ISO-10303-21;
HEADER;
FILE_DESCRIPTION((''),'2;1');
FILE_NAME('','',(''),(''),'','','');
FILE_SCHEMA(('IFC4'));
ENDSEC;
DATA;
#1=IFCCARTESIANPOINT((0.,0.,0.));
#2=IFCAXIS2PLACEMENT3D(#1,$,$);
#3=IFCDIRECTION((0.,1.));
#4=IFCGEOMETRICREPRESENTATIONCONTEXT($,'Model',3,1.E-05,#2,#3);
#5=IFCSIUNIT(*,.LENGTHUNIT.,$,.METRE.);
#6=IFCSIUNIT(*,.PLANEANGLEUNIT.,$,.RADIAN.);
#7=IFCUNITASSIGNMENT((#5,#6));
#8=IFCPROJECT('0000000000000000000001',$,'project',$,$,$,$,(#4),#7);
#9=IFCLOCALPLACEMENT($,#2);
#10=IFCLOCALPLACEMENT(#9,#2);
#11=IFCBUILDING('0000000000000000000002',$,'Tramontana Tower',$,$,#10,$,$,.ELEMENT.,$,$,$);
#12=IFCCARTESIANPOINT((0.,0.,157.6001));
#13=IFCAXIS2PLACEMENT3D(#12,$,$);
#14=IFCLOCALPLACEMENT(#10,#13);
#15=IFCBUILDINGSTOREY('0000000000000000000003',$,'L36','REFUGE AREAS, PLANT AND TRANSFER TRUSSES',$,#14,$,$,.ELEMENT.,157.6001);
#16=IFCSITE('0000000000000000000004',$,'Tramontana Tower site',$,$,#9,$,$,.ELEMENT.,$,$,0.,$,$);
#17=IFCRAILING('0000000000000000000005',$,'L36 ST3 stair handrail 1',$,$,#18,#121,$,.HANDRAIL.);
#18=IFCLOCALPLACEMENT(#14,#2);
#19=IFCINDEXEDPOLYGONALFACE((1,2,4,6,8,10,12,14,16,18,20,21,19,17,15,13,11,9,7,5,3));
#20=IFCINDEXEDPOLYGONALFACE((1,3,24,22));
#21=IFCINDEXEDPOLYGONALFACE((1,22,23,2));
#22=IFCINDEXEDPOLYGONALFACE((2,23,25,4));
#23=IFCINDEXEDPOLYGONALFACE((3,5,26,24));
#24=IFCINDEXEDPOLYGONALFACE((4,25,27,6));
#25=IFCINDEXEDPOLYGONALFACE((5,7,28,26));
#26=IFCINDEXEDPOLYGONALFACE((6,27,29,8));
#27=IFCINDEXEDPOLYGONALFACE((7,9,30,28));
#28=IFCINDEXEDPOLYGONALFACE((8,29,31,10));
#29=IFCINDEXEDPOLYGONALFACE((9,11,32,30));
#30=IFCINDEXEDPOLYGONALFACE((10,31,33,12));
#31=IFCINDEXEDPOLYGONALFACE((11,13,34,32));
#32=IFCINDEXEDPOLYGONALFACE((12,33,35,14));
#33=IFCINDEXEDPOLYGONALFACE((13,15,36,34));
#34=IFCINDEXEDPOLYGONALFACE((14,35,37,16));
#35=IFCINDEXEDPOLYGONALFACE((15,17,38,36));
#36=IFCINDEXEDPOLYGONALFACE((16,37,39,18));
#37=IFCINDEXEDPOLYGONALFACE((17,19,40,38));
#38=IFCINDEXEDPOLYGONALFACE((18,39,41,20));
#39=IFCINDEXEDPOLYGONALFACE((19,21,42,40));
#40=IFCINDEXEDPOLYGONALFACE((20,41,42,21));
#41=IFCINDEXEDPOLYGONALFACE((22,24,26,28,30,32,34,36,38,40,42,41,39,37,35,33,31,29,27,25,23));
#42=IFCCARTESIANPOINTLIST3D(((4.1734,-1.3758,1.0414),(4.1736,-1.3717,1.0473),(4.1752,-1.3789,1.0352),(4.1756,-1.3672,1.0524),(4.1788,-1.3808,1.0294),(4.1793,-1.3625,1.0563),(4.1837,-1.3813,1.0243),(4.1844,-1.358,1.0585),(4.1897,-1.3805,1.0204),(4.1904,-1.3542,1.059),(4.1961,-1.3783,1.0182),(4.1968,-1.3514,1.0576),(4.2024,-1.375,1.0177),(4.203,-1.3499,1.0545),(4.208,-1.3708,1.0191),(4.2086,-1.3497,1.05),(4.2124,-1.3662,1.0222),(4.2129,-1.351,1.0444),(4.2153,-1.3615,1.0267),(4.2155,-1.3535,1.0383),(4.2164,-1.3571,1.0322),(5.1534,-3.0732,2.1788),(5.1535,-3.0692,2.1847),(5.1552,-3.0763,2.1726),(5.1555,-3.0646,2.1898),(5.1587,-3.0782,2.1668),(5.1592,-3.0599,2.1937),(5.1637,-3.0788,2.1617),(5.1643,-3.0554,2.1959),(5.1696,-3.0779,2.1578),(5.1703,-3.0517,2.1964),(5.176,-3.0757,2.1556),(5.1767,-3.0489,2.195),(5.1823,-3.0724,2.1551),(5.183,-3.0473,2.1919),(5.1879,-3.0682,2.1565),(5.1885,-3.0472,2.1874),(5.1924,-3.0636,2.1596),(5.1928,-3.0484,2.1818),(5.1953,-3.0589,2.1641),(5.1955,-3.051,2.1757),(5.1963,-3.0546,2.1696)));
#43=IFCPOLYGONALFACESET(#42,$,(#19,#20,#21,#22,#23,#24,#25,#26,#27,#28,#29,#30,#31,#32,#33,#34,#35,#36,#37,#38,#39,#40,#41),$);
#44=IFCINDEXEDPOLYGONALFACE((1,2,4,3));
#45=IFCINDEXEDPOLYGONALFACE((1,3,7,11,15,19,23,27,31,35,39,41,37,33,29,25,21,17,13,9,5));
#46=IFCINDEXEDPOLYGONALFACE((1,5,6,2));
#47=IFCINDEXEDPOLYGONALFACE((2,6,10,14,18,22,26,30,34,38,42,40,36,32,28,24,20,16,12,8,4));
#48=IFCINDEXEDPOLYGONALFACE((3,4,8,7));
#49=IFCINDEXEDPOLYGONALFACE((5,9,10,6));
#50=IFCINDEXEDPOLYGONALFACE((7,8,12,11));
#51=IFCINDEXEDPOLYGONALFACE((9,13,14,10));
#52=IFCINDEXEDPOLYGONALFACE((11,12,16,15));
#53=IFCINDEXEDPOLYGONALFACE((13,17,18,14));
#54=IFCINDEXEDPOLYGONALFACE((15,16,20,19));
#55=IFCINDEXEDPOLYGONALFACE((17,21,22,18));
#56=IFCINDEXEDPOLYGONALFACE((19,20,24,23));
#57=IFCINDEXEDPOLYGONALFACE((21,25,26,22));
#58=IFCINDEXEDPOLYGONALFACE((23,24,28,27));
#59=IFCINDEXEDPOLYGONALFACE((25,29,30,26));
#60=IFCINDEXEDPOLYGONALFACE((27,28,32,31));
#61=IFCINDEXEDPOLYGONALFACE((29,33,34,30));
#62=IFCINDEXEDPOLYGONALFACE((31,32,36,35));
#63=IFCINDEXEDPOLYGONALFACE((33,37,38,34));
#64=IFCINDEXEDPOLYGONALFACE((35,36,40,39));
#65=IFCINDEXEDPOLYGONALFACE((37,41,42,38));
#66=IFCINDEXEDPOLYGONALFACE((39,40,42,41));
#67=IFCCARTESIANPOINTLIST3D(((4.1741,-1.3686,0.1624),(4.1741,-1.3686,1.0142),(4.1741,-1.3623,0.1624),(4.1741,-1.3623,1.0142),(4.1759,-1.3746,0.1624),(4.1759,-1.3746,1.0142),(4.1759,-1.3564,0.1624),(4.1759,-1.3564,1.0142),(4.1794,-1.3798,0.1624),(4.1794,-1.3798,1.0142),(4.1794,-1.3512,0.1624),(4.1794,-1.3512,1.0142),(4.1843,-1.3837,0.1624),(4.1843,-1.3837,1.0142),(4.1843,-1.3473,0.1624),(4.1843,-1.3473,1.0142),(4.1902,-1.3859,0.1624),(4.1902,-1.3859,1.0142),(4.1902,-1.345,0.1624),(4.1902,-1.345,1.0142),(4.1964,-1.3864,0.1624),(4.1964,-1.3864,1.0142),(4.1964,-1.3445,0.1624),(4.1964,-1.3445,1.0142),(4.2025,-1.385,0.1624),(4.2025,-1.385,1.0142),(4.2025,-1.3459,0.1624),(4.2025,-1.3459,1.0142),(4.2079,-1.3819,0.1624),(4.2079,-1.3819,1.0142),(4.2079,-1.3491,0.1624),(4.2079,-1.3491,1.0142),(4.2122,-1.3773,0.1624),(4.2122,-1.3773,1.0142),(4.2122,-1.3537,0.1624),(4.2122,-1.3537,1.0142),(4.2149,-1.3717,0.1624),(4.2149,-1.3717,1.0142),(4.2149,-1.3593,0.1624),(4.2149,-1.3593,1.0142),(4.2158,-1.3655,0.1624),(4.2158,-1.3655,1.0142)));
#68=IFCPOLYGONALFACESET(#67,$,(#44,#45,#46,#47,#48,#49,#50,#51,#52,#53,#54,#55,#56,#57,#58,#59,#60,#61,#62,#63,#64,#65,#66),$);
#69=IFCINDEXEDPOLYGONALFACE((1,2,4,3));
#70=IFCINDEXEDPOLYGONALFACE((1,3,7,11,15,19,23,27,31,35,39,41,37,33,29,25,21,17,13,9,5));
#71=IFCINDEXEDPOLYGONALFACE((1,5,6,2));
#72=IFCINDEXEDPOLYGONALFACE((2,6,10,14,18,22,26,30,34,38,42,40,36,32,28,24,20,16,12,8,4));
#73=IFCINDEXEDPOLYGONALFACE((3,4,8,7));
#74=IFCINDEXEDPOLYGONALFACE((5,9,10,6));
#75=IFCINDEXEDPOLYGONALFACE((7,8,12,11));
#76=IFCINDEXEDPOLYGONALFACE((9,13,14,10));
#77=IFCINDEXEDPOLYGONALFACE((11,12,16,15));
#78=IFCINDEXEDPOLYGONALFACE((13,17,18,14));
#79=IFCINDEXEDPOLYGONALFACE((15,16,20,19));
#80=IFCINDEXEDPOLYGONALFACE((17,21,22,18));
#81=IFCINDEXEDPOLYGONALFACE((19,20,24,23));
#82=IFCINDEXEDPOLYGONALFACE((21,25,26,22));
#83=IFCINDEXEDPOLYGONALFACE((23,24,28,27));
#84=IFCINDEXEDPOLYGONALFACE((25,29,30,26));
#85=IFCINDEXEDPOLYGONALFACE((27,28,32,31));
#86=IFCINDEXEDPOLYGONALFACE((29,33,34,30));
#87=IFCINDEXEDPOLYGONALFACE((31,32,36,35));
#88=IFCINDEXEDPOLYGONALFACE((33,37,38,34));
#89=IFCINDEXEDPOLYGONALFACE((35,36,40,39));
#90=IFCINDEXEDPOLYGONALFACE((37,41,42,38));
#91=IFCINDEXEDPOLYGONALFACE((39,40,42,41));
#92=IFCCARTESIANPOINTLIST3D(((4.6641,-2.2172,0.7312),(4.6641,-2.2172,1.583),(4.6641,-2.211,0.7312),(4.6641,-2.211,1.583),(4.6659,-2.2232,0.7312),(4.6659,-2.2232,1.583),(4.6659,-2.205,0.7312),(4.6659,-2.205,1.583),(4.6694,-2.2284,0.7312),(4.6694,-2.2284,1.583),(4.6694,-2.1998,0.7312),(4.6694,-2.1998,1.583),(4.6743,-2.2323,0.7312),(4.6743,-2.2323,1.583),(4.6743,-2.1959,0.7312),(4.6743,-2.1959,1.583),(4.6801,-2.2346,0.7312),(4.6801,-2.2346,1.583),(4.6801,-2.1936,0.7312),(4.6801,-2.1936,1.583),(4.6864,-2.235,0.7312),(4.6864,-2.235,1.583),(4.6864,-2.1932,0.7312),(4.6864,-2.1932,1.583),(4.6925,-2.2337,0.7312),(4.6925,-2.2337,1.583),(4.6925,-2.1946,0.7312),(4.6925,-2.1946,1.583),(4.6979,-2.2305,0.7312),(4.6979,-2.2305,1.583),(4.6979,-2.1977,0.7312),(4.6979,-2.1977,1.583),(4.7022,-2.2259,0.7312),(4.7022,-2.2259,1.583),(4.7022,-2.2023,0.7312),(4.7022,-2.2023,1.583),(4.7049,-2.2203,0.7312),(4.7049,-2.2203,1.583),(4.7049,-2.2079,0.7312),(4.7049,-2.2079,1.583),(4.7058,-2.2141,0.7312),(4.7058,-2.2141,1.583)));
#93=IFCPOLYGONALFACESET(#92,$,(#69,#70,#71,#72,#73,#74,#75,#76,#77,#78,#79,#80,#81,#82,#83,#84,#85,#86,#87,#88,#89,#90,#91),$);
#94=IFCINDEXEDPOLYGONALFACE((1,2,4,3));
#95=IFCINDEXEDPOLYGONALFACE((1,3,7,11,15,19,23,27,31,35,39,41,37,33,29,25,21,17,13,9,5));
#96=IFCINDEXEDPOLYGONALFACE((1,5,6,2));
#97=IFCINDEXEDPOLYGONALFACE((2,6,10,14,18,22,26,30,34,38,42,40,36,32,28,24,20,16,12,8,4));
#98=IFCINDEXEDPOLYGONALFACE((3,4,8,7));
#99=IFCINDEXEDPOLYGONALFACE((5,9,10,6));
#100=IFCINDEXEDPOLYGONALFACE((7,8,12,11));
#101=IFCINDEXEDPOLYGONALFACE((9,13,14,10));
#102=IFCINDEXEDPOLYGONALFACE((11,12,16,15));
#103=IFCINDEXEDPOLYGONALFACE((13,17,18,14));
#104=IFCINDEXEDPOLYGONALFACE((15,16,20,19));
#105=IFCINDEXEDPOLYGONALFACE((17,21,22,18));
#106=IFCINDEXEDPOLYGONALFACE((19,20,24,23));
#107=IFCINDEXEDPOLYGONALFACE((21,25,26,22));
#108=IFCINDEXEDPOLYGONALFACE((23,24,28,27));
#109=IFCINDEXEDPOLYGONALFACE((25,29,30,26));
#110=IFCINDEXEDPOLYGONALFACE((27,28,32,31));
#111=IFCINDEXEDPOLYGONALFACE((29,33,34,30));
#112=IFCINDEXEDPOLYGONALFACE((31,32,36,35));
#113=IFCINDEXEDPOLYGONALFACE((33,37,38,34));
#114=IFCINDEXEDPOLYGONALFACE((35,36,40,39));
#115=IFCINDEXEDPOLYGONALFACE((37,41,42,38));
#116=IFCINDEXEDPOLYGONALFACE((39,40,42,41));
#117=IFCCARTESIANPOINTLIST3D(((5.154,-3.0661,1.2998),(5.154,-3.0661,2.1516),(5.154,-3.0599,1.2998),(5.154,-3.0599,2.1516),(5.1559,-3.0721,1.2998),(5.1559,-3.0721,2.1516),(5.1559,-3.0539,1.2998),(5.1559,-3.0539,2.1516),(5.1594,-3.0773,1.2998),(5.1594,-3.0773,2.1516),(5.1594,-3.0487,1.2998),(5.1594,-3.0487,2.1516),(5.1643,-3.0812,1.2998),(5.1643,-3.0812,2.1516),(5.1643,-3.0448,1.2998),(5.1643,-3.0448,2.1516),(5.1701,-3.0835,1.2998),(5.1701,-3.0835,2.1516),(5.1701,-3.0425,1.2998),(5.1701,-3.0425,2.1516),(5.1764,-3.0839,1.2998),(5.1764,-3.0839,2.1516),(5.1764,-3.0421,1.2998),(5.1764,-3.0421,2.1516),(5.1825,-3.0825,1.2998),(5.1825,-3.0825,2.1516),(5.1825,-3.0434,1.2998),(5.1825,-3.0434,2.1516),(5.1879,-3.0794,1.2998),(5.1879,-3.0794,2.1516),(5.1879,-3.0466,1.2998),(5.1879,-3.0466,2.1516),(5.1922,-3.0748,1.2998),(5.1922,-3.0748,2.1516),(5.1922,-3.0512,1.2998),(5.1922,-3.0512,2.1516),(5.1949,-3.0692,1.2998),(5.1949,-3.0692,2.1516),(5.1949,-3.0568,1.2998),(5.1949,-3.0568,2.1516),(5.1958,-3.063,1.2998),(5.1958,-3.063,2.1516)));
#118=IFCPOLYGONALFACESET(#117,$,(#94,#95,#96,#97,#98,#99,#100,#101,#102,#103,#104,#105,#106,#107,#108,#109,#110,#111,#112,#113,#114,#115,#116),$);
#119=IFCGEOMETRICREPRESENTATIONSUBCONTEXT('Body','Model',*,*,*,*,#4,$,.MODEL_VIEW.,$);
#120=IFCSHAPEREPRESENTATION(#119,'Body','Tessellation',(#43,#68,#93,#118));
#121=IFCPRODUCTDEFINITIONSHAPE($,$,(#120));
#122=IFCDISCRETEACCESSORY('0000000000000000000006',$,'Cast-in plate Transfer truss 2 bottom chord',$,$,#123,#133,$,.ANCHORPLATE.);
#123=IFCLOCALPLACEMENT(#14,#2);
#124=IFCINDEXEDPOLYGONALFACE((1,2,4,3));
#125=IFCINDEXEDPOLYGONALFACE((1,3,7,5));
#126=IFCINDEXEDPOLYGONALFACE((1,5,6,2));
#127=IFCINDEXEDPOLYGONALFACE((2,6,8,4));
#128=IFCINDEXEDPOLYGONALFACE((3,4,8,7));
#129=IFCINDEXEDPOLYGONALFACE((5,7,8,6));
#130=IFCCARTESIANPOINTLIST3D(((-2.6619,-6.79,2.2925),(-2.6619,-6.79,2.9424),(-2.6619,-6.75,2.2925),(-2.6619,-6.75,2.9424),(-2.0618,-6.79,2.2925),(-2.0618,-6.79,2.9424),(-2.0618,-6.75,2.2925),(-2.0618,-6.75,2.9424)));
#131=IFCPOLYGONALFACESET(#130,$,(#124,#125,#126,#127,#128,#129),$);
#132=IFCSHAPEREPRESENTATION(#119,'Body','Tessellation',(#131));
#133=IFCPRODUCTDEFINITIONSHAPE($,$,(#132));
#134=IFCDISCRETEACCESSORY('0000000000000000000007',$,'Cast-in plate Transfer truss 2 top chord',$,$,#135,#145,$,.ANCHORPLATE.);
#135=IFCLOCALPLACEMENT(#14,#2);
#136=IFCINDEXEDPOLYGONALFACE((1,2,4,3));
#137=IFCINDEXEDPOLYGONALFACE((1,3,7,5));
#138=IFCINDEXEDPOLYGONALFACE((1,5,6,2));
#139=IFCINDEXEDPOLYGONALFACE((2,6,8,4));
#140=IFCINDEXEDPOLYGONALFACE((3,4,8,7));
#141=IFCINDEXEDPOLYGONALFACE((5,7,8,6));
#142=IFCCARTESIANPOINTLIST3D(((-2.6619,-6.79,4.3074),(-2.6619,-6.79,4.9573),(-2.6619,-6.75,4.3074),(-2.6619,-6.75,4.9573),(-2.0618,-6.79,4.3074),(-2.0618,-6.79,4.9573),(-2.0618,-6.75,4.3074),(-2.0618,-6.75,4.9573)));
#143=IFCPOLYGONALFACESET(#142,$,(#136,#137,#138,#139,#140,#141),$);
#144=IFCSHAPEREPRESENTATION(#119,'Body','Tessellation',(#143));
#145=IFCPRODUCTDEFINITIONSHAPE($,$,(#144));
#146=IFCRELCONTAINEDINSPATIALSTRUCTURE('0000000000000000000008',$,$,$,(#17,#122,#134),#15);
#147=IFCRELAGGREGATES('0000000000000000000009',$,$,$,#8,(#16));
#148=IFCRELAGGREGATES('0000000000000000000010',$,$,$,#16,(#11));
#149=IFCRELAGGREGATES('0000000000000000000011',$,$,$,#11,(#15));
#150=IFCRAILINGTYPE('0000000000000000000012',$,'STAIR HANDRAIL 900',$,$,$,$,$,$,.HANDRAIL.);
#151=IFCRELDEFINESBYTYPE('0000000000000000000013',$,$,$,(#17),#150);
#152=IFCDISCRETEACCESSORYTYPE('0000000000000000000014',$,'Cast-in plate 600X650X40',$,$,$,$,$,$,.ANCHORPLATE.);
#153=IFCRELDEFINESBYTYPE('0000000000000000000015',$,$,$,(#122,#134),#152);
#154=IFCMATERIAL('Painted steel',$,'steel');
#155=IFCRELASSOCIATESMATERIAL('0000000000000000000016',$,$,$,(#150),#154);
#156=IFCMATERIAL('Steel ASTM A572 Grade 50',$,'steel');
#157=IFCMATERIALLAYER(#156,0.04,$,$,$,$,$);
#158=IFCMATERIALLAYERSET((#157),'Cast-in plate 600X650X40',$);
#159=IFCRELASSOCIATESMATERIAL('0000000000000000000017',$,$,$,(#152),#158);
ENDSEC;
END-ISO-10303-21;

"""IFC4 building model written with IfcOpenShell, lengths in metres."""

from ifc_helpers import new_model, si_unit, direction, frame, origin, origin_2d, place, context, subcontext, project, spatial, rectangle, circle, extrude, material, layer, layer_set, type_object, element, save


model = new_model("IFC4")

# Units and contexts
model_context = context("Model", 3, precision=1e-05, world=origin(), true_north=direction((0.0, 1.0)))
body_context = subcontext(model_context, "Body", "Model", "MODEL_VIEW")
ifc_project = project(units=[si_unit("LENGTHUNIT", "METRE"), si_unit("PLANEANGLEUNIT", "RADIAN")], contexts=[model_context])

# Site, building, storey
site_placement = place(None, origin())
site = spatial("IfcSite", under=ifc_project, at=site_placement, Name="Tramontana Tower site", CompositionType="ELEMENT", RefElevation=0.0)
building_placement = place(site_placement, origin())
building = spatial("IfcBuilding", under=site, at=building_placement, Name="Tramontana Tower", CompositionType="ELEMENT")
storey_placement = place(building_placement, frame((0.0, 0.0, 157.6001)))
storey = spatial("IfcBuildingStorey", under=building, at=storey_placement, Name="L36", Description="REFUGE AREAS, PLANT AND TRANSFER TRUSSES", CompositionType="ELEMENT", Elevation=157.6001)

# Railing
ifc_material_1 = material(Name="Painted steel", Category="steel")
railing_type_1 = type_object("IfcRailingType", Name="STAIR HANDRAIL 900", PredefinedType="HANDRAIL", material=ifc_material_1)
railing_1_placement = place(storey_placement, frame((4.1948, -1.3655, 0.1624)))
element("IfcRailing", 1, at=railing_1_placement, inside=storey, type_object=railing_type_1, Name="L36 ST3 stair handrail 1", PredefinedType="HANDRAIL", context=body_context, shape_type="SweptSolid", body=[
    extrude(circle(Radius=0.0239, at=origin_2d()), frame((0.0, 0.0, 0.876), z_axis=(0.432432, -0.749053, 0.501918), x_axis=(0.866042, 0.49997, 0.0)), (0.0, 0.0, 1.0), 2.2661),
    extrude(circle(Radius=0.021, at=origin_2d()), origin(), (0.0, 0.0, 1.0), 0.8518),
    extrude(circle(Radius=0.021, at=origin_2d()), frame((0.49, -0.8486, 0.5688)), (0.0, 0.0, 1.0), 0.8518),
    extrude(circle(Radius=0.021, at=origin_2d()), frame((0.98, -1.6975, 1.1375)), (0.0, 0.0, 1.0), 0.8518),
])

# Discrete accessories
ifc_material_2 = material(Name="Steel ASTM A572 Grade 50", Category="steel")
ifc_layer_1 = layer(ifc_material_2, 0.04)
ifc_layer_set_1 = layer_set([ifc_layer_1], Name="Cast-in plate 600X650X40")
discrete_accessory_type = type_object("IfcDiscreteAccessoryType", Name="Cast-in plate 600X650X40", PredefinedType="ANCHORPLATE", material=ifc_layer_set_1)
for number, where, z_axis, x_axis, name in (
    (2, (-2.3618, -6.77, 2.2925), (0.0, 0.0, 1.0), (1.0, 0.0, 0.0), "Cast-in plate Transfer truss 2 bottom chord"),
    (3, (-2.3618, -6.77, 4.3074), (0.0, 0.0, 1.0), (1.0, 0.0, 0.0), "Cast-in plate Transfer truss 2 top chord"),
):
    element("IfcDiscreteAccessory", number, at=place(storey_placement, frame(where, z_axis=z_axis, x_axis=x_axis)), inside=storey, type_object=discrete_accessory_type, Name=name, PredefinedType="ANCHORPLATE", context=body_context, shape_type="SweptSolid", body=[
        extrude(rectangle(XDim=0.6001, YDim=0.04, at=origin_2d()), origin(), (0.0, 0.0, 1.0), 0.6499),
    ])

save(model, "model.ifc")
